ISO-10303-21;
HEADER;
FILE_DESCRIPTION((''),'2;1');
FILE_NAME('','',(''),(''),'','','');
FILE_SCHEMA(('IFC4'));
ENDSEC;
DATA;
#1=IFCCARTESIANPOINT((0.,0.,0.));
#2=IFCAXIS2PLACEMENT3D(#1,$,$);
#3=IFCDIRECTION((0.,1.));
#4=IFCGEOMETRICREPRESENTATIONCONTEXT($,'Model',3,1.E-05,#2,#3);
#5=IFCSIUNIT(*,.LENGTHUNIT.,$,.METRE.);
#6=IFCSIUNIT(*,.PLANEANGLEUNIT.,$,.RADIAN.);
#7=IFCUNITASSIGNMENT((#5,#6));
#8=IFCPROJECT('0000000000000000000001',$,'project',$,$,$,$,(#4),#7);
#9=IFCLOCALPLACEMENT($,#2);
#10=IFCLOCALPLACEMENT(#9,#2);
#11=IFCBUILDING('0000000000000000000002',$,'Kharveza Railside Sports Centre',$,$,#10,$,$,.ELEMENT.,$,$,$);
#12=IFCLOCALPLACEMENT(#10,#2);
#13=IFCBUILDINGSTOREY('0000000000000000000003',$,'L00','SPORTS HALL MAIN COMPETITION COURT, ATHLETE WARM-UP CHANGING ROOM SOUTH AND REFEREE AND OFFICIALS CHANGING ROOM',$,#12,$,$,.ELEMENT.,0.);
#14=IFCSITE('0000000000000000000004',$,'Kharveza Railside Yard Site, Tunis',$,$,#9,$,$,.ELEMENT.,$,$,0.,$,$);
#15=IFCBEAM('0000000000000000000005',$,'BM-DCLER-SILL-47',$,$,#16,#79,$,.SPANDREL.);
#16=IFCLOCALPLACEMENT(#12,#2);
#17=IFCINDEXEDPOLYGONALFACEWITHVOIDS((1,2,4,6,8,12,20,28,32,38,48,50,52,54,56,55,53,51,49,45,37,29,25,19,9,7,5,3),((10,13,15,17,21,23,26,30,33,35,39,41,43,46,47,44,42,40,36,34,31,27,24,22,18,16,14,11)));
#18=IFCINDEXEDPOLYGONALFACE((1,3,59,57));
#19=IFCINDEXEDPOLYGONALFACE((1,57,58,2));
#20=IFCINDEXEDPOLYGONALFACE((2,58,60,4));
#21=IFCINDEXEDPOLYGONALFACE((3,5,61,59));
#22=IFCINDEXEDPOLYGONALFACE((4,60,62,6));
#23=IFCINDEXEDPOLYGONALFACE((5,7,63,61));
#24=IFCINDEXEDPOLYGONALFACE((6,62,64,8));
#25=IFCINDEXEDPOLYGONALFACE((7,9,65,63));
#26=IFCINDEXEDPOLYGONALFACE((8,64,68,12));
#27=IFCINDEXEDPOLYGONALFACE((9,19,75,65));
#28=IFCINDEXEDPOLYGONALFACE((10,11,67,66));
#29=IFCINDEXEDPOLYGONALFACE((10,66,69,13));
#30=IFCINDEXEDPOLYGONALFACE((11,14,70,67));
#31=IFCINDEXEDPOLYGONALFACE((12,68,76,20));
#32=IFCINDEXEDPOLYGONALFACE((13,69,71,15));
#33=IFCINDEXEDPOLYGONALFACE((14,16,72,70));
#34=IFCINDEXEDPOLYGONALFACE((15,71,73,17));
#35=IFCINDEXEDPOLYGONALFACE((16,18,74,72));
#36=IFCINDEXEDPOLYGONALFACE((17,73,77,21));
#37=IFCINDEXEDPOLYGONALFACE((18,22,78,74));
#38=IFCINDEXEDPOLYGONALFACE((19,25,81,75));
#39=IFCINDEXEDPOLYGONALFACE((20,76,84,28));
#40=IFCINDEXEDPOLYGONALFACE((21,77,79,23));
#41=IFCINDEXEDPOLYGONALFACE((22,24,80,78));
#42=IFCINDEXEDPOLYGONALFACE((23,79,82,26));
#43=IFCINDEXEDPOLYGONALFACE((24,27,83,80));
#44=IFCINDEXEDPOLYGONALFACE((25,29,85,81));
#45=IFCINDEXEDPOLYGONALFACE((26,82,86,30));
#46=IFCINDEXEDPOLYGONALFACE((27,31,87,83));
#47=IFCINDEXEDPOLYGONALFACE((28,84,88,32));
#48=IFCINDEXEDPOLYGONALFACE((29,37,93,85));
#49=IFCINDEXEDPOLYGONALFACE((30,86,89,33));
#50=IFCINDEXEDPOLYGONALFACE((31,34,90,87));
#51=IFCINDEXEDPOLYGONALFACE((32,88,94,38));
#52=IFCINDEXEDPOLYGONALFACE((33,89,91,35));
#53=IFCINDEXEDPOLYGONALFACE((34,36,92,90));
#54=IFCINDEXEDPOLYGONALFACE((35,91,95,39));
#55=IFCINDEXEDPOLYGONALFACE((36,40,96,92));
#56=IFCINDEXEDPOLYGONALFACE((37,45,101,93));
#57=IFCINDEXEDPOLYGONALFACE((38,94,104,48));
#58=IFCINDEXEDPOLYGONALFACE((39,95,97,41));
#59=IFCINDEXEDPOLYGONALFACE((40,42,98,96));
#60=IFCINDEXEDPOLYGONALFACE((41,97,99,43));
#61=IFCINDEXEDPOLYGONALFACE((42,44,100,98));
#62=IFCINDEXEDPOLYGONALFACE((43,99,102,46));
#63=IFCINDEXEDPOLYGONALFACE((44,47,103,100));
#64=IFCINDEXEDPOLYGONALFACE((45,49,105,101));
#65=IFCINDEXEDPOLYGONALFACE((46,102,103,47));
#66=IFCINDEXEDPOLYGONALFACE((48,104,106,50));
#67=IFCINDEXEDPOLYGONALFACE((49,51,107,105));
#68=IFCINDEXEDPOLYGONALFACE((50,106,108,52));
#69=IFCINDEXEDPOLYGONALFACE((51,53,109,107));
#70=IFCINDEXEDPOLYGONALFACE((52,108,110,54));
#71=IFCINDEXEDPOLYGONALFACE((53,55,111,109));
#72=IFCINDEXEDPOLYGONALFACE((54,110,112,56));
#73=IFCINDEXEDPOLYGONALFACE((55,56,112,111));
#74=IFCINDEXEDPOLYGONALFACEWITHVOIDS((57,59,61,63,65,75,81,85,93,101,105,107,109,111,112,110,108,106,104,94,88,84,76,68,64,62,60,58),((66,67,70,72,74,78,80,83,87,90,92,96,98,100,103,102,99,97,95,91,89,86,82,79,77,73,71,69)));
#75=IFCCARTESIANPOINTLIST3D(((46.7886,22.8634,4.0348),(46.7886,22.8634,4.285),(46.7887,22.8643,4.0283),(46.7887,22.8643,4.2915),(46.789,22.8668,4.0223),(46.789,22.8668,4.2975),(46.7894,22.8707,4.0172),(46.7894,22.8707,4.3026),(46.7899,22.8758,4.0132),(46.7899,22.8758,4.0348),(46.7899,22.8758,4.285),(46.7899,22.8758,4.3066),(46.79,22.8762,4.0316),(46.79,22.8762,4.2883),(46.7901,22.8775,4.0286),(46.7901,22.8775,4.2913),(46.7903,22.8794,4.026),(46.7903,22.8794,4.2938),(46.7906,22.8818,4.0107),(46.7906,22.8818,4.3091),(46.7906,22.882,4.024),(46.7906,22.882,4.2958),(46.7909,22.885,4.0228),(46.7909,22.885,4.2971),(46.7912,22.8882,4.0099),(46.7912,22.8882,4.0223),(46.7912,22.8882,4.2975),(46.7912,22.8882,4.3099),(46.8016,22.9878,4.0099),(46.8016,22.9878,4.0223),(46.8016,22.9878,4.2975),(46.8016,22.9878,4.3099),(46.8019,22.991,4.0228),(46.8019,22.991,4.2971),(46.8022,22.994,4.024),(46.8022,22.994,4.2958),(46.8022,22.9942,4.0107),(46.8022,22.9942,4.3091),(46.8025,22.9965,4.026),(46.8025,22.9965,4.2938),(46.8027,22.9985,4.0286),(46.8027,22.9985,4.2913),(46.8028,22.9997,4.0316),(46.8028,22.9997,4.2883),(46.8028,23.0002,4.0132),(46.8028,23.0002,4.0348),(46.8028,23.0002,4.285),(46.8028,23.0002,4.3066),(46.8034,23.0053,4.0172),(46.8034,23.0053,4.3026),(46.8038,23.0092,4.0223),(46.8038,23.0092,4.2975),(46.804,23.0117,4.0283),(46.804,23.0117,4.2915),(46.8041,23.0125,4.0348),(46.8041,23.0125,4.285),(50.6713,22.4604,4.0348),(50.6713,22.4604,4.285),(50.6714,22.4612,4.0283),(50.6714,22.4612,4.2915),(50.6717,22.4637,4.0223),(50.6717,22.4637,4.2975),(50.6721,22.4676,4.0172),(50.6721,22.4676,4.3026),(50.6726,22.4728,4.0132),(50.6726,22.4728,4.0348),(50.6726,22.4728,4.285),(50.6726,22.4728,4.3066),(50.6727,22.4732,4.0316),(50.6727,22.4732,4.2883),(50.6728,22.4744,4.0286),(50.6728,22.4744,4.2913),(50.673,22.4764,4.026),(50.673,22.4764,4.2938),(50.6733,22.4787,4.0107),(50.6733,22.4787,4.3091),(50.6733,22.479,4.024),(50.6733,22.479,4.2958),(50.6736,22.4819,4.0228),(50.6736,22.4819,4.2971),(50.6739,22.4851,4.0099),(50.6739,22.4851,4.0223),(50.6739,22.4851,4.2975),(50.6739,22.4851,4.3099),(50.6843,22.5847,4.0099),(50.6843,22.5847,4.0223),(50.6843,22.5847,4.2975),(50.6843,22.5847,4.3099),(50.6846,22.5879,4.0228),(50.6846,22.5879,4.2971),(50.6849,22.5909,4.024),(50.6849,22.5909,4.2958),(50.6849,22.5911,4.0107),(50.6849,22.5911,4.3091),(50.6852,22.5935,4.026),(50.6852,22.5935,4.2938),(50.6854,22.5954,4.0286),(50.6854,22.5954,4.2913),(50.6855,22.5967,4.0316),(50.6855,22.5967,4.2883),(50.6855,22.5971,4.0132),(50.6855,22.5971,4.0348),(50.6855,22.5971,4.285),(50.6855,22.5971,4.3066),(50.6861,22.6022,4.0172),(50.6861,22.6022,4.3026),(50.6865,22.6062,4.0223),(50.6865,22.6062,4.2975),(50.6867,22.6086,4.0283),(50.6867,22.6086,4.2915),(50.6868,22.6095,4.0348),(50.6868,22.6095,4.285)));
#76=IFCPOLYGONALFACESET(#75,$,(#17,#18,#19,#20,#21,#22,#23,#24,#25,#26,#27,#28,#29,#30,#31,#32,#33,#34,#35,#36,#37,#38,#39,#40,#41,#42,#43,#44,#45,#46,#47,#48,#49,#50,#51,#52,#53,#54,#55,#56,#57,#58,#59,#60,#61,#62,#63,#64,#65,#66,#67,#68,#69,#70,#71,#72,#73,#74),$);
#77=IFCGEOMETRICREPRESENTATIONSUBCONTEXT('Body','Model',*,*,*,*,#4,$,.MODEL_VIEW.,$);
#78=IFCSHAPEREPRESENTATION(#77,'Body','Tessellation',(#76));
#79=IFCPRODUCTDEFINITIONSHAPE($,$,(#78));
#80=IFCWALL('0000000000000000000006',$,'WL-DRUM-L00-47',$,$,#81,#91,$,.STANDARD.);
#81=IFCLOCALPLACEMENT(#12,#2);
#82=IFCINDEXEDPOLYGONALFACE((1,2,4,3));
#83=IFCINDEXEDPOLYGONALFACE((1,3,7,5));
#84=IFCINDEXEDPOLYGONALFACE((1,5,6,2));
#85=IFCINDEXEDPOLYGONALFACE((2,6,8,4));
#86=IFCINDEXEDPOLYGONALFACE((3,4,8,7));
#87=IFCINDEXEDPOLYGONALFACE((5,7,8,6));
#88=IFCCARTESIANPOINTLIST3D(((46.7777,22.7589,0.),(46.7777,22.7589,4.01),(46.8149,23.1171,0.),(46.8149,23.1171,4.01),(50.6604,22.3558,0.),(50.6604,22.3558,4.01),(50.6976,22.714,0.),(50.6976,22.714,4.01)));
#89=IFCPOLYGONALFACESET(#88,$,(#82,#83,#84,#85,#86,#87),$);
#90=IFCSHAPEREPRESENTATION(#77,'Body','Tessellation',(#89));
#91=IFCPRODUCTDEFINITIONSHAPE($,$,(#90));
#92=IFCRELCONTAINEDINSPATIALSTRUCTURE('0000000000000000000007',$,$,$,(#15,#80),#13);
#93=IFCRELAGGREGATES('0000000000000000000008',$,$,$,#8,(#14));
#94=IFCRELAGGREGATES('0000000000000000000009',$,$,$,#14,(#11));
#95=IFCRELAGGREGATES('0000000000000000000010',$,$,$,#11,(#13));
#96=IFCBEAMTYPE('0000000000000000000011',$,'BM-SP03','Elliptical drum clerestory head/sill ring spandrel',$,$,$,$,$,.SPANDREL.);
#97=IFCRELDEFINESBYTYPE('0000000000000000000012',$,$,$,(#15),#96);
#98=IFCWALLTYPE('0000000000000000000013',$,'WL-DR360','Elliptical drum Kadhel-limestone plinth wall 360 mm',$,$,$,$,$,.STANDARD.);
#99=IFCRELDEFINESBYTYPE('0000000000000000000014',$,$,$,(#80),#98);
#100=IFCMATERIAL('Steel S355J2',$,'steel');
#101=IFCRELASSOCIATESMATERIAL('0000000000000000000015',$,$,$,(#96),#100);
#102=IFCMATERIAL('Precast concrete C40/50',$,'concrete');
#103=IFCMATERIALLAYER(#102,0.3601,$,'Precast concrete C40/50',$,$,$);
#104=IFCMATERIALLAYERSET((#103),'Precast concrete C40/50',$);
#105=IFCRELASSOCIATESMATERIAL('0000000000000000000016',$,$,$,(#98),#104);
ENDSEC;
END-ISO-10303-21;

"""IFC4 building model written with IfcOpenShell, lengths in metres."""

from ifc_helpers import new_model, si_unit, direction, frame, frame_2d, origin, origin_2d, place, context, subcontext, project, spatial, rectangle, hollow_rectangle, extrude, material, layer, layer_set, material_profile, profile_set, type_object, element, save


model = new_model("IFC4")

# Units and contexts
model_context = context("Model", 3, precision=1e-05, world=origin(), true_north=direction((0.0, 1.0)))
body_context = subcontext(model_context, "Body", "Model", "MODEL_VIEW")
ifc_project = project(units=[si_unit("LENGTHUNIT", "METRE"), si_unit("PLANEANGLEUNIT", "RADIAN")], contexts=[model_context])

# Site, building, storey
site_placement = place(None, origin())
site = spatial("IfcSite", under=ifc_project, at=site_placement, Name="Kharveza Railside Yard Site, Tunis", CompositionType="ELEMENT", RefElevation=0.0)
building_placement = place(site_placement, origin())
building = spatial("IfcBuilding", under=site, at=building_placement, Name="Kharveza Railside Sports Centre", CompositionType="ELEMENT")
storey_placement = place(building_placement, origin())
storey = spatial("IfcBuildingStorey", under=building, at=storey_placement, Name="L00", Description="SPORTS HALL MAIN COMPETITION COURT, ATHLETE WARM-UP CHANGING ROOM SOUTH AND REFEREE AND OFFICIALS CHANGING ROOM", CompositionType="ELEMENT", Elevation=0.0)

# Shared definitions
ifc_material_1 = material(Name="Steel S355J2", Category="steel")

# Beam
ifc_material_profile_1 = material_profile(ifc_material_1, hollow_rectangle(XDim=0.1499, YDim=0.3, WallThickness=0.0125, InnerFilletRadius=0.0125, OuterFilletRadius=0.0249, at=origin_2d()), Name="RHS 150x300x12.5")
ifc_profile_set_1 = profile_set([ifc_material_profile_1], Name="Steel S355J2")
beam_type_1 = type_object("IfcBeamType", Name="BM-SP03", Description="Elliptical drum clerestory head/sill ring spandrel", PredefinedType="SPANDREL", material=ifc_profile_set_1)
beam_placement = place(storey_placement, frame((46.7964, 22.938, 4.1599), z_axis=(0.994655, -0.103255, 0.0), x_axis=(0.103255, 0.994655, 0.0)))
element("IfcBeam", 1, at=beam_placement, inside=storey, type_object=beam_type_1, Name="BM-DCLER-SILL-47", PredefinedType="SPANDREL", context=body_context, shape_type="SweptSolid", body=[
    extrude(hollow_rectangle(XDim=0.1499, YDim=0.3, WallThickness=0.0125, InnerFilletRadius=0.0125, OuterFilletRadius=0.0249, at=origin_2d()), origin(), (0.0, 0.0, 1.0), 3.9036),
])

# Wall
ifc_material_2 = material(Name="Precast concrete C40/50", Category="concrete")
ifc_layer = layer(ifc_material_2, 0.3601, Name="Precast concrete C40/50")
ifc_layer_set = layer_set([ifc_layer], Name="Precast concrete C40/50")
wall_type = type_object("IfcWallType", Name="WL-DR360", Description="Elliptical drum Kadhel-limestone plinth wall 360 mm", PredefinedType="STANDARD", material=ifc_layer_set)
wall_placement = place(storey_placement, frame((46.7964, 22.938, 0.0), z_axis=(0.0, 0.0, 1.0), x_axis=(0.994655, -0.103255, 0.0)))
element("IfcWall", 2, at=wall_placement, inside=storey, type_object=wall_type, Name="WL-DRUM-L00-47", PredefinedType="STANDARD", context=body_context, shape_type="SweptSolid", body=[
    extrude(rectangle(XDim=3.9036, YDim=0.3601, at=frame_2d((1.9517, 0.0))), origin(), (0.0, 0.0, 1.0), 4.01),
])

save(model, "model.ifc")
